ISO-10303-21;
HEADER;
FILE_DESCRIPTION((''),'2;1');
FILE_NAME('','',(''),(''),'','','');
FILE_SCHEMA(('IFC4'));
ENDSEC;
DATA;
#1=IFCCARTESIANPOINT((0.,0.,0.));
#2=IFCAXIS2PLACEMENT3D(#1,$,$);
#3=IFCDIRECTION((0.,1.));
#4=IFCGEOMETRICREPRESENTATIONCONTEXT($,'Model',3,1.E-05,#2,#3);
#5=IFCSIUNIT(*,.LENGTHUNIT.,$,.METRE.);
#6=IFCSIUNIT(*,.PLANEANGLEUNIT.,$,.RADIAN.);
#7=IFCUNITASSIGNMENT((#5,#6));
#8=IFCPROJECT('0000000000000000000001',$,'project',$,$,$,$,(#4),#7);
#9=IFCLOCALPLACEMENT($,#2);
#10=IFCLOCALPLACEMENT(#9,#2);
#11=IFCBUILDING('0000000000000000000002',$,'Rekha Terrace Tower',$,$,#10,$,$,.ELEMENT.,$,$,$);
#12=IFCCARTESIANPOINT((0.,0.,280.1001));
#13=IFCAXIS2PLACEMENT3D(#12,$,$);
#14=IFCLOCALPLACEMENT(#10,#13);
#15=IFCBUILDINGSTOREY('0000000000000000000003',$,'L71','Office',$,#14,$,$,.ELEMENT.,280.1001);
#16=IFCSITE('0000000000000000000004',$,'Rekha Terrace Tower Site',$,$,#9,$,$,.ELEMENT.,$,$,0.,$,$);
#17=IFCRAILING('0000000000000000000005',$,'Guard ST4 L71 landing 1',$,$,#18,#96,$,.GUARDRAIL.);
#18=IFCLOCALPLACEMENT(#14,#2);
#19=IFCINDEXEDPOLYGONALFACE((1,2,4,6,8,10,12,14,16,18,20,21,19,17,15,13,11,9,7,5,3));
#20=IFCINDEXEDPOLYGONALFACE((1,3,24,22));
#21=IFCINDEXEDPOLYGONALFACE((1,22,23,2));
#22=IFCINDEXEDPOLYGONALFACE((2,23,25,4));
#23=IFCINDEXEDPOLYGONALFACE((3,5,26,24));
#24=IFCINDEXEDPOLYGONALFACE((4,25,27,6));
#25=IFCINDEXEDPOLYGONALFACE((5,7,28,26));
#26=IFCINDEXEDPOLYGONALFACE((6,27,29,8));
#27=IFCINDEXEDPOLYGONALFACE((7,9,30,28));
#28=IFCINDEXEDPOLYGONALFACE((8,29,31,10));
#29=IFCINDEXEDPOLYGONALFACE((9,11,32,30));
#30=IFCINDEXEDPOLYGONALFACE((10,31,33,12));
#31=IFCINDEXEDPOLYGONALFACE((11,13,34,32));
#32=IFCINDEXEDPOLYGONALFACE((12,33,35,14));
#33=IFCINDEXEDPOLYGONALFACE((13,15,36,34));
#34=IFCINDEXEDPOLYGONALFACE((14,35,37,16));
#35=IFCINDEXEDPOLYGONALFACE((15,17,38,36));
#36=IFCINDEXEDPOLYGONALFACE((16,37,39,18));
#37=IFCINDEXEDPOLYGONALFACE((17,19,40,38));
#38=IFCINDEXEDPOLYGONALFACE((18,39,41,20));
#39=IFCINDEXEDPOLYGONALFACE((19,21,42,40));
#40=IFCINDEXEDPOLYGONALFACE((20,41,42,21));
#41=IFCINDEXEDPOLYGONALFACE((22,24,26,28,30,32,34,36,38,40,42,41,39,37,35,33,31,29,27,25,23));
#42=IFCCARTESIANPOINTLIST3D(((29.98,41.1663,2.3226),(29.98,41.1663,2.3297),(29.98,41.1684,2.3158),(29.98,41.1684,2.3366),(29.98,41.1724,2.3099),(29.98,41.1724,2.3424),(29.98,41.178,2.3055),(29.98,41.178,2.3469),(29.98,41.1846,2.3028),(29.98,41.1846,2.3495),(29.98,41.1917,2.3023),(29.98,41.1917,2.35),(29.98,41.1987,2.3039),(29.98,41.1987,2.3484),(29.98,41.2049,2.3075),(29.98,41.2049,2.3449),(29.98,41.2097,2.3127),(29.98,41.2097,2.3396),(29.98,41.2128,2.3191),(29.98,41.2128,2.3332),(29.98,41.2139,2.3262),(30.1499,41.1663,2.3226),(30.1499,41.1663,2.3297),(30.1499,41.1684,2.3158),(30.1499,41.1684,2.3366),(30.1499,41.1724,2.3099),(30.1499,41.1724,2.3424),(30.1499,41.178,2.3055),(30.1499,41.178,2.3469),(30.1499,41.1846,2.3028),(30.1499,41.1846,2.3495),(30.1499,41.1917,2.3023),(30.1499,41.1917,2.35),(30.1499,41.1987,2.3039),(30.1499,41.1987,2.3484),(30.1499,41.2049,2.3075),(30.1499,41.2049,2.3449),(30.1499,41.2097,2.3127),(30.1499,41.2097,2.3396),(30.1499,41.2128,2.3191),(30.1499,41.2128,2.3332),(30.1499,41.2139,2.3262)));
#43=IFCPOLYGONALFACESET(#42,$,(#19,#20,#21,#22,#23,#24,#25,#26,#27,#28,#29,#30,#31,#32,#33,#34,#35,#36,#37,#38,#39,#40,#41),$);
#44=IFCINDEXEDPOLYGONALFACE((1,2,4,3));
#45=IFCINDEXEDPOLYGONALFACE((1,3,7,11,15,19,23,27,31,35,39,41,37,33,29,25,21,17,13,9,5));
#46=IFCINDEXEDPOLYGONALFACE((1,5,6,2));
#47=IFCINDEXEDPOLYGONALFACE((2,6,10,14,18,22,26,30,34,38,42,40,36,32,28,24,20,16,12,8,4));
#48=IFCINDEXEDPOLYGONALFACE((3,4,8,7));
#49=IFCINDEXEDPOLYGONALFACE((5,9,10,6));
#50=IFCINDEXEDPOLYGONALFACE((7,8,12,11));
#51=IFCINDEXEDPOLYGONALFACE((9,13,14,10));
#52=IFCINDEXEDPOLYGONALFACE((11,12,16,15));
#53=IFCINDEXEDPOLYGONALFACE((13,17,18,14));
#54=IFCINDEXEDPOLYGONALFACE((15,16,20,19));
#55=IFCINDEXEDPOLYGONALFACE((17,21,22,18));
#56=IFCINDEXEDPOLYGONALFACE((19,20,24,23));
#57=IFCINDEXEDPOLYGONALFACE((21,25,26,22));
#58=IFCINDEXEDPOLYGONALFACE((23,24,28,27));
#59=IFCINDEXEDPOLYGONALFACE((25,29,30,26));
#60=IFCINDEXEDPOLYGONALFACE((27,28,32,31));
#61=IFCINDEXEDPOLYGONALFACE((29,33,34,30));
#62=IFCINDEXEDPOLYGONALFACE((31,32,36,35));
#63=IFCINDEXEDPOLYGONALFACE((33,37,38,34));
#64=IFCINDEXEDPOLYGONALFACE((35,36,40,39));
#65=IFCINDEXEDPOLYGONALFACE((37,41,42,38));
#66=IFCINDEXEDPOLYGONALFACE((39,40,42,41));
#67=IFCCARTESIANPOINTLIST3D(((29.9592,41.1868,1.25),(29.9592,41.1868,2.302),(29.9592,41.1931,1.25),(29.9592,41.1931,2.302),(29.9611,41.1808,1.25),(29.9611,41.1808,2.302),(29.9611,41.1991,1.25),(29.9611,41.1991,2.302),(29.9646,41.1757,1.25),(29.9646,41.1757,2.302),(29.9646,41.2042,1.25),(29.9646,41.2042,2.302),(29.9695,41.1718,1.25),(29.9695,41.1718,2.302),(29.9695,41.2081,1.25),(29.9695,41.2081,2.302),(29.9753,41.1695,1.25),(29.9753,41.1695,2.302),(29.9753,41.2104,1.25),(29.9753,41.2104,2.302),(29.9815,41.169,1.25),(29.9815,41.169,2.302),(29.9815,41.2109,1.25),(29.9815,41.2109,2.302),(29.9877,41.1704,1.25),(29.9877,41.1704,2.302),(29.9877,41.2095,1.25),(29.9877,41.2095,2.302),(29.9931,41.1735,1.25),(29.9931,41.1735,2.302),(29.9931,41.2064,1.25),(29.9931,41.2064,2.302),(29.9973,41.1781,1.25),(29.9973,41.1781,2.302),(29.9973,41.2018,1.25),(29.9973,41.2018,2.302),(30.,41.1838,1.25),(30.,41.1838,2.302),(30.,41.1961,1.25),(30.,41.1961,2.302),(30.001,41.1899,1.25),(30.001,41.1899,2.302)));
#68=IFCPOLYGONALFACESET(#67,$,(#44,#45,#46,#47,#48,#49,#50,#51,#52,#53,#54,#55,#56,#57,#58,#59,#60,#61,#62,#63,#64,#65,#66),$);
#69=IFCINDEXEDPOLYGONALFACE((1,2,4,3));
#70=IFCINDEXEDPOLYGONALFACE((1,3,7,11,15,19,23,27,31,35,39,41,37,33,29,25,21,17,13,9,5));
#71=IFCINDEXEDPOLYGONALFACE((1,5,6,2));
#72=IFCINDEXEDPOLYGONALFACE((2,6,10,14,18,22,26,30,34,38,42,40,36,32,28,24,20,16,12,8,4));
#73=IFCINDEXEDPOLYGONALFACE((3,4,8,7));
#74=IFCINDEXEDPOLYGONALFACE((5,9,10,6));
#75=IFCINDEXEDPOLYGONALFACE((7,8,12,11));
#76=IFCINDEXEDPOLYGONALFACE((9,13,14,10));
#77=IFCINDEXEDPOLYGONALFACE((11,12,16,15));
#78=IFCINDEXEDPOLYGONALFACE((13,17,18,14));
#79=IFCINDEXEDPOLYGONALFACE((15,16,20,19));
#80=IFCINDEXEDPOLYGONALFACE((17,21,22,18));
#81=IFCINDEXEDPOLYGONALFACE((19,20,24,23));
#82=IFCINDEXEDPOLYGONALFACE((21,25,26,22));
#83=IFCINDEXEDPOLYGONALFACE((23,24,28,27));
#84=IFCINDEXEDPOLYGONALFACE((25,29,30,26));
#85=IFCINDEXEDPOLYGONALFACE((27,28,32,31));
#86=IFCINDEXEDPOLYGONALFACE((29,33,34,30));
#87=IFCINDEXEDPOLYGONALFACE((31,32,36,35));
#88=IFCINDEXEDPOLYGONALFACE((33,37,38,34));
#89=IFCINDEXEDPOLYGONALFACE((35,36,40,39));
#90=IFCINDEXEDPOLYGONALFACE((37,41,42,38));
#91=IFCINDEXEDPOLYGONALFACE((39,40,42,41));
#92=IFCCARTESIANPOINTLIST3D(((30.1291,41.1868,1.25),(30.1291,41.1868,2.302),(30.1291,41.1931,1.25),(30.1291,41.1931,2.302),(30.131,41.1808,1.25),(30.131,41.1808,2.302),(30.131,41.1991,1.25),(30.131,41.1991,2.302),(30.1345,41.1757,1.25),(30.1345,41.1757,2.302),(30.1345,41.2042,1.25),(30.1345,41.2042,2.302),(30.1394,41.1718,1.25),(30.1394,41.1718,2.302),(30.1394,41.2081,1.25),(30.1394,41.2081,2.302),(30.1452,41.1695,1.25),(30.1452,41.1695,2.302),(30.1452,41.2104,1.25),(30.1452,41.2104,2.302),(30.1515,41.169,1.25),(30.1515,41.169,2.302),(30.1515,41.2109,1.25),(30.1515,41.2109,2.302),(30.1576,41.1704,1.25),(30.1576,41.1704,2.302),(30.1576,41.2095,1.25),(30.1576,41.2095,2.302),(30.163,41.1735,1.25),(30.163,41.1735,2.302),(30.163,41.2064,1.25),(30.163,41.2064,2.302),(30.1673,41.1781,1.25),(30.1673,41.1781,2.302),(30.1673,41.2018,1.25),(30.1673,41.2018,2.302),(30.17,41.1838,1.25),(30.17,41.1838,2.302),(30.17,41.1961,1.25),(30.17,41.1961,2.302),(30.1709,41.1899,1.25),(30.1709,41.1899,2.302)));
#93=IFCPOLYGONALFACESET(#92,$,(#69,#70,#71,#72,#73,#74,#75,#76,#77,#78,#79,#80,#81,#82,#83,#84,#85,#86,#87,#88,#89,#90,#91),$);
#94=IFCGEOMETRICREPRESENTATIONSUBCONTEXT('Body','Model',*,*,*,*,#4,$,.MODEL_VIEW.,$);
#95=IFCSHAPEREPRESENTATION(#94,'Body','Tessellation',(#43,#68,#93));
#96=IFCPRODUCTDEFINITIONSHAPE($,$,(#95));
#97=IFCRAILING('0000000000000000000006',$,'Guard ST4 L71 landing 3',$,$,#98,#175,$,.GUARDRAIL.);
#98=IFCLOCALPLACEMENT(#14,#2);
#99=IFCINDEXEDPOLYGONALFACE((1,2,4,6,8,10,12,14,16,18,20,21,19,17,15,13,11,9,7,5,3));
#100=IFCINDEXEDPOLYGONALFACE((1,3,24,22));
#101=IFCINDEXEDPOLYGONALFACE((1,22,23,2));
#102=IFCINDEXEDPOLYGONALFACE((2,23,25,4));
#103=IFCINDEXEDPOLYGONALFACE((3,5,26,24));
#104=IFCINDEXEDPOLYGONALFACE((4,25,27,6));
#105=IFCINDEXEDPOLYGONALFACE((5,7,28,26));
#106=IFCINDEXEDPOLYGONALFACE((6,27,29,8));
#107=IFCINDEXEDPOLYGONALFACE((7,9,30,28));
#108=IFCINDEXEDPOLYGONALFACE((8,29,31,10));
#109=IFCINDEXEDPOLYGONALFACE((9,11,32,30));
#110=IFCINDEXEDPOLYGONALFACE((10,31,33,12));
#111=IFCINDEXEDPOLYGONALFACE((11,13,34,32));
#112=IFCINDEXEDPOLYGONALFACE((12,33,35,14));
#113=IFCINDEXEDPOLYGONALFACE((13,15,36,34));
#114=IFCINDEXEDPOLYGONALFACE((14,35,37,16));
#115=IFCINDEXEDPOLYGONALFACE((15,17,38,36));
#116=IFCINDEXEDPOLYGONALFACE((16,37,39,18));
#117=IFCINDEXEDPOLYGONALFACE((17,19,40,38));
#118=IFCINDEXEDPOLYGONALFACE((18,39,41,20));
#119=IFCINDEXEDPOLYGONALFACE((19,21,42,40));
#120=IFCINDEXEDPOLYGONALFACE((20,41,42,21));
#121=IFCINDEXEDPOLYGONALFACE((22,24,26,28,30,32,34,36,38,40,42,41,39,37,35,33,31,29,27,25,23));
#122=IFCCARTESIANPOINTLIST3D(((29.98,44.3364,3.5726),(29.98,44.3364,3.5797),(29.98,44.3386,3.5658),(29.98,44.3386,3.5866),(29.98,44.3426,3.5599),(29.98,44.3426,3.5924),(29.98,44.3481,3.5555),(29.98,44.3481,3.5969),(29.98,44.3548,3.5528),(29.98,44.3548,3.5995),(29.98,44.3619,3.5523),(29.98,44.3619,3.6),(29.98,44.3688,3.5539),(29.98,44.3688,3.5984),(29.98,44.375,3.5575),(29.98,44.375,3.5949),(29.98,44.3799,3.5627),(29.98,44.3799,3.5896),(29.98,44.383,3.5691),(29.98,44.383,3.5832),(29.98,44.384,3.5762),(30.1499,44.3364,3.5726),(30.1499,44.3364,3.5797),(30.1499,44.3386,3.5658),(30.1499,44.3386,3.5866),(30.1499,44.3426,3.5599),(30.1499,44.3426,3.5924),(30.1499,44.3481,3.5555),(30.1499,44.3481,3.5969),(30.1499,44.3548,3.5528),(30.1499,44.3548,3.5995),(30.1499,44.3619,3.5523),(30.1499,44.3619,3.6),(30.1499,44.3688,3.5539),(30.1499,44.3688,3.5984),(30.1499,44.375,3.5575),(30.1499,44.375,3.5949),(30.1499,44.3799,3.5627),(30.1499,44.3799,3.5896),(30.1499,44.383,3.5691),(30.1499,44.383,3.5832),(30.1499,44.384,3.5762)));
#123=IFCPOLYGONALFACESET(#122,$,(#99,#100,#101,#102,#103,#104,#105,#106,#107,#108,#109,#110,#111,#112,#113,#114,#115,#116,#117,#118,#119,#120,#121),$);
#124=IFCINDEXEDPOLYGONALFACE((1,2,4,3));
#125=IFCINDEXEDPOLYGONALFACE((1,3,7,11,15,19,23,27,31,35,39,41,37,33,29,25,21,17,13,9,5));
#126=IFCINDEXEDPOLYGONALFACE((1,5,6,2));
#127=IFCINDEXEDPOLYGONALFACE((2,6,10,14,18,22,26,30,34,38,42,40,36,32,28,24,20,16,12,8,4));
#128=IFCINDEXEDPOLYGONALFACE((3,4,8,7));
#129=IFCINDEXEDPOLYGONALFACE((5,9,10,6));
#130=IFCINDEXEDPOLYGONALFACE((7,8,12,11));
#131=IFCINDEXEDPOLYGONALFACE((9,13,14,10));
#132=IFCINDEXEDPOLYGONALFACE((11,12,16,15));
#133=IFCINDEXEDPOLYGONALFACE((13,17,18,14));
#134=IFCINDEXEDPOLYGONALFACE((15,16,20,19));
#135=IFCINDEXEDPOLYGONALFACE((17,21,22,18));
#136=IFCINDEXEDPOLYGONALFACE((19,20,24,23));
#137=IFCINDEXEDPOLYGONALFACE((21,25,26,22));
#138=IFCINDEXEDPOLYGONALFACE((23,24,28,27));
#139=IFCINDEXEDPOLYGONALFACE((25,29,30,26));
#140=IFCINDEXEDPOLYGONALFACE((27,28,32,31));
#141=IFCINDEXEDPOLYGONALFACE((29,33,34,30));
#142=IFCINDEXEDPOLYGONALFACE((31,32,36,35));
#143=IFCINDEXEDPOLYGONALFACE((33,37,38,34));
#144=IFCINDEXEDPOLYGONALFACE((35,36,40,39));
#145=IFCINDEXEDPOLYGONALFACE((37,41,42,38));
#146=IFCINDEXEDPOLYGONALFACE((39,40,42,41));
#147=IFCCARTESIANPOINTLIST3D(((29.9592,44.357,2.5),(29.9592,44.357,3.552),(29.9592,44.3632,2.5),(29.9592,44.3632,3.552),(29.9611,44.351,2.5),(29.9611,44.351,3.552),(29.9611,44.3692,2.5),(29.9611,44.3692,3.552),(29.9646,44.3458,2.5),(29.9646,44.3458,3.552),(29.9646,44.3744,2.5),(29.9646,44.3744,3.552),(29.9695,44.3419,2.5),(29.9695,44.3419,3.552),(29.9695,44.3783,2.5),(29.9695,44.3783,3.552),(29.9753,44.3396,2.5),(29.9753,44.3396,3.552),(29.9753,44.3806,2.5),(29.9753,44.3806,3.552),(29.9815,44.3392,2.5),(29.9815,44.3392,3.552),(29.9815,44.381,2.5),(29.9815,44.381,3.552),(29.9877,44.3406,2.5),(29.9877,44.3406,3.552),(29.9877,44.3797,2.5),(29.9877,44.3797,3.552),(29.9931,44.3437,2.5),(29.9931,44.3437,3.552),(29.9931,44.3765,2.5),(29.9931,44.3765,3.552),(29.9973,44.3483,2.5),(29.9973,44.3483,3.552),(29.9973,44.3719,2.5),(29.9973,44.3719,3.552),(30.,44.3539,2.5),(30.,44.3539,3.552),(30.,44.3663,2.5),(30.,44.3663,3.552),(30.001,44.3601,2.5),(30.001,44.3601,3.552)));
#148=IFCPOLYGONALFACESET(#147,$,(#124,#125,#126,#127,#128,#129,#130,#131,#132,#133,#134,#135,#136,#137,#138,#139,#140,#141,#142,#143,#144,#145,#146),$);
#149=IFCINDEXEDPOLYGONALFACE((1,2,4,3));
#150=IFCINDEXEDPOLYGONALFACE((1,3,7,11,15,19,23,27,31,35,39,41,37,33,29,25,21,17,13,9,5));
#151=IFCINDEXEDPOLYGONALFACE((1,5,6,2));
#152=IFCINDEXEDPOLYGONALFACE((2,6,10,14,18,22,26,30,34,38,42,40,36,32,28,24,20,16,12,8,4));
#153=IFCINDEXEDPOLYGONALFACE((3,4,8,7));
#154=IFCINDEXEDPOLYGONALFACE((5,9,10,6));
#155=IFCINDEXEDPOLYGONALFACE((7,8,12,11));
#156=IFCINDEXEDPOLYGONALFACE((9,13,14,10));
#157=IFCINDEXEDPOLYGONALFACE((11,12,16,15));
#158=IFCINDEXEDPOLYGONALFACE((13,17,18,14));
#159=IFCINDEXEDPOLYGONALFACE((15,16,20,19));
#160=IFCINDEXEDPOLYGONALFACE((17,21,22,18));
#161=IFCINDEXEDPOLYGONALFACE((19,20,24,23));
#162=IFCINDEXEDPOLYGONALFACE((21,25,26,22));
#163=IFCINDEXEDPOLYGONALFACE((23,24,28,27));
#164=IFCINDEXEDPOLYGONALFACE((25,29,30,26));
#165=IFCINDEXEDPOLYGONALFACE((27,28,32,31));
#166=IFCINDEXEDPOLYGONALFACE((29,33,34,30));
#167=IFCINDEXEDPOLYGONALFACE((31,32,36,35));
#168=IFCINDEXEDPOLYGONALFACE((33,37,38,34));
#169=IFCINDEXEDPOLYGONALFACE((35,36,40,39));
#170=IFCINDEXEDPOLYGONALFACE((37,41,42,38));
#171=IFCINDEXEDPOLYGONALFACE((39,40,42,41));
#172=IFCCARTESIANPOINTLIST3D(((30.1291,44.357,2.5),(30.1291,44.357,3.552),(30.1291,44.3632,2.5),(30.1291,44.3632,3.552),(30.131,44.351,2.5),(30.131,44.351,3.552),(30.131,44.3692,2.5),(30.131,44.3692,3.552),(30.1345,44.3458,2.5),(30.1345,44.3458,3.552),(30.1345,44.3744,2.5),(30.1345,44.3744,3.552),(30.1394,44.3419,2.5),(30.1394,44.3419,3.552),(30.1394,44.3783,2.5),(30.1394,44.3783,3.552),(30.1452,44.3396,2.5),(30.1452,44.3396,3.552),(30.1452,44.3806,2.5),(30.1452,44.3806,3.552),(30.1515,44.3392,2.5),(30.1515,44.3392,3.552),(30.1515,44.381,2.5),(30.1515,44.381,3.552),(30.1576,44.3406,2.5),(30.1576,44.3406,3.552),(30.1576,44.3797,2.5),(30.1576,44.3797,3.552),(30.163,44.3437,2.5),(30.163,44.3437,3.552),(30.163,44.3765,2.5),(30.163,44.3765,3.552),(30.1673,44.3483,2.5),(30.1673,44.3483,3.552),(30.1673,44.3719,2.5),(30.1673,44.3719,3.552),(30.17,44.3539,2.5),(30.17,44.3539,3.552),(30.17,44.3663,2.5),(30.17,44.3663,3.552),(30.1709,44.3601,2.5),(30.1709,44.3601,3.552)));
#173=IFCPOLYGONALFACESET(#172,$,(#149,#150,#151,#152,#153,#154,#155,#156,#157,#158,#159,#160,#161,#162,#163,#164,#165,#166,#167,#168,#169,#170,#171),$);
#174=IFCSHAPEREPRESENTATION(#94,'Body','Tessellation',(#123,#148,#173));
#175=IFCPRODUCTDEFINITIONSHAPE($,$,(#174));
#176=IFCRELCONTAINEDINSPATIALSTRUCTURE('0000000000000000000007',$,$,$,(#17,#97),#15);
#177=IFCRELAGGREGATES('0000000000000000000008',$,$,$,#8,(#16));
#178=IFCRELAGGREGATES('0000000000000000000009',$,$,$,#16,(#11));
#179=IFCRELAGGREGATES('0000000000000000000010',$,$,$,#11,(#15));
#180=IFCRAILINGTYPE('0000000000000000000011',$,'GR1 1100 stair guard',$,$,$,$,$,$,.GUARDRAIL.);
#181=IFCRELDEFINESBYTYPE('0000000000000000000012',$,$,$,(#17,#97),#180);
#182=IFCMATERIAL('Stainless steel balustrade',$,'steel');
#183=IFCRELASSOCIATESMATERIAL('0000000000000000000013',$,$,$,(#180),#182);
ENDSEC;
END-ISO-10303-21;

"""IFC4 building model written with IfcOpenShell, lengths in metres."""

from ifc_helpers import new_model, si_unit, direction, frame, origin, origin_2d, place, context, subcontext, project, spatial, circle, extrude, material, type_object, element, save


model = new_model("IFC4")

# Units and contexts
model_context = context("Model", 3, precision=1e-05, world=origin(), true_north=direction((0.0, 1.0)))
body_context = subcontext(model_context, "Body", "Model", "MODEL_VIEW")
ifc_project = project(units=[si_unit("LENGTHUNIT", "METRE"), si_unit("PLANEANGLEUNIT", "RADIAN")], contexts=[model_context])

# Site, building, storey
site_placement = place(None, origin())
site = spatial("IfcSite", under=ifc_project, at=site_placement, Name="Rekha Terrace Tower Site", CompositionType="ELEMENT", RefElevation=0.0)
building_placement = place(site_placement, origin())
building = spatial("IfcBuilding", under=site, at=building_placement, Name="Rekha Terrace Tower", CompositionType="ELEMENT")
storey_placement = place(building_placement, frame((0.0, 0.0, 280.1001)))
storey = spatial("IfcBuildingStorey", under=building, at=storey_placement, Name="L71", Description="Office", CompositionType="ELEMENT", Elevation=280.1001)

# Railings
ifc_material_1 = material(Name="Stainless steel balustrade", Category="steel")
railing_type_1 = type_object("IfcRailingType", Name="GR1 1100 stair guard", PredefinedType="GUARDRAIL", material=ifc_material_1)
for number, where, name in (
    (1, (29.98, 41.1899, 1.25), "Guard ST4 L71 landing 1"),
    (2, (29.98, 44.3601, 2.5), "Guard ST4 L71 landing 3"),
):
    element("IfcRailing", number, at=place(storey_placement, frame(where)), inside=storey, type_object=railing_type_1, Name=name, PredefinedType="GUARDRAIL", context=body_context, shape_type="SweptSolid", body=[
        extrude(circle(Radius=0.0239, at=origin_2d()), frame((0.0, 0.0, 1.0762), z_axis=(1.0, 0.0, 0.0), x_axis=(0.0, 1.0, 0.0)), (0.0, 0.0, 1.0), 0.1699),
        extrude(circle(Radius=0.021, at=origin_2d()), origin(), (0.0, 0.0, 1.0), 1.052),
        extrude(circle(Radius=0.021, at=origin_2d()), frame((0.1699, 0.0, 0.0)), (0.0, 0.0, 1.0), 1.052),
    ])

save(model, "model.ifc")
